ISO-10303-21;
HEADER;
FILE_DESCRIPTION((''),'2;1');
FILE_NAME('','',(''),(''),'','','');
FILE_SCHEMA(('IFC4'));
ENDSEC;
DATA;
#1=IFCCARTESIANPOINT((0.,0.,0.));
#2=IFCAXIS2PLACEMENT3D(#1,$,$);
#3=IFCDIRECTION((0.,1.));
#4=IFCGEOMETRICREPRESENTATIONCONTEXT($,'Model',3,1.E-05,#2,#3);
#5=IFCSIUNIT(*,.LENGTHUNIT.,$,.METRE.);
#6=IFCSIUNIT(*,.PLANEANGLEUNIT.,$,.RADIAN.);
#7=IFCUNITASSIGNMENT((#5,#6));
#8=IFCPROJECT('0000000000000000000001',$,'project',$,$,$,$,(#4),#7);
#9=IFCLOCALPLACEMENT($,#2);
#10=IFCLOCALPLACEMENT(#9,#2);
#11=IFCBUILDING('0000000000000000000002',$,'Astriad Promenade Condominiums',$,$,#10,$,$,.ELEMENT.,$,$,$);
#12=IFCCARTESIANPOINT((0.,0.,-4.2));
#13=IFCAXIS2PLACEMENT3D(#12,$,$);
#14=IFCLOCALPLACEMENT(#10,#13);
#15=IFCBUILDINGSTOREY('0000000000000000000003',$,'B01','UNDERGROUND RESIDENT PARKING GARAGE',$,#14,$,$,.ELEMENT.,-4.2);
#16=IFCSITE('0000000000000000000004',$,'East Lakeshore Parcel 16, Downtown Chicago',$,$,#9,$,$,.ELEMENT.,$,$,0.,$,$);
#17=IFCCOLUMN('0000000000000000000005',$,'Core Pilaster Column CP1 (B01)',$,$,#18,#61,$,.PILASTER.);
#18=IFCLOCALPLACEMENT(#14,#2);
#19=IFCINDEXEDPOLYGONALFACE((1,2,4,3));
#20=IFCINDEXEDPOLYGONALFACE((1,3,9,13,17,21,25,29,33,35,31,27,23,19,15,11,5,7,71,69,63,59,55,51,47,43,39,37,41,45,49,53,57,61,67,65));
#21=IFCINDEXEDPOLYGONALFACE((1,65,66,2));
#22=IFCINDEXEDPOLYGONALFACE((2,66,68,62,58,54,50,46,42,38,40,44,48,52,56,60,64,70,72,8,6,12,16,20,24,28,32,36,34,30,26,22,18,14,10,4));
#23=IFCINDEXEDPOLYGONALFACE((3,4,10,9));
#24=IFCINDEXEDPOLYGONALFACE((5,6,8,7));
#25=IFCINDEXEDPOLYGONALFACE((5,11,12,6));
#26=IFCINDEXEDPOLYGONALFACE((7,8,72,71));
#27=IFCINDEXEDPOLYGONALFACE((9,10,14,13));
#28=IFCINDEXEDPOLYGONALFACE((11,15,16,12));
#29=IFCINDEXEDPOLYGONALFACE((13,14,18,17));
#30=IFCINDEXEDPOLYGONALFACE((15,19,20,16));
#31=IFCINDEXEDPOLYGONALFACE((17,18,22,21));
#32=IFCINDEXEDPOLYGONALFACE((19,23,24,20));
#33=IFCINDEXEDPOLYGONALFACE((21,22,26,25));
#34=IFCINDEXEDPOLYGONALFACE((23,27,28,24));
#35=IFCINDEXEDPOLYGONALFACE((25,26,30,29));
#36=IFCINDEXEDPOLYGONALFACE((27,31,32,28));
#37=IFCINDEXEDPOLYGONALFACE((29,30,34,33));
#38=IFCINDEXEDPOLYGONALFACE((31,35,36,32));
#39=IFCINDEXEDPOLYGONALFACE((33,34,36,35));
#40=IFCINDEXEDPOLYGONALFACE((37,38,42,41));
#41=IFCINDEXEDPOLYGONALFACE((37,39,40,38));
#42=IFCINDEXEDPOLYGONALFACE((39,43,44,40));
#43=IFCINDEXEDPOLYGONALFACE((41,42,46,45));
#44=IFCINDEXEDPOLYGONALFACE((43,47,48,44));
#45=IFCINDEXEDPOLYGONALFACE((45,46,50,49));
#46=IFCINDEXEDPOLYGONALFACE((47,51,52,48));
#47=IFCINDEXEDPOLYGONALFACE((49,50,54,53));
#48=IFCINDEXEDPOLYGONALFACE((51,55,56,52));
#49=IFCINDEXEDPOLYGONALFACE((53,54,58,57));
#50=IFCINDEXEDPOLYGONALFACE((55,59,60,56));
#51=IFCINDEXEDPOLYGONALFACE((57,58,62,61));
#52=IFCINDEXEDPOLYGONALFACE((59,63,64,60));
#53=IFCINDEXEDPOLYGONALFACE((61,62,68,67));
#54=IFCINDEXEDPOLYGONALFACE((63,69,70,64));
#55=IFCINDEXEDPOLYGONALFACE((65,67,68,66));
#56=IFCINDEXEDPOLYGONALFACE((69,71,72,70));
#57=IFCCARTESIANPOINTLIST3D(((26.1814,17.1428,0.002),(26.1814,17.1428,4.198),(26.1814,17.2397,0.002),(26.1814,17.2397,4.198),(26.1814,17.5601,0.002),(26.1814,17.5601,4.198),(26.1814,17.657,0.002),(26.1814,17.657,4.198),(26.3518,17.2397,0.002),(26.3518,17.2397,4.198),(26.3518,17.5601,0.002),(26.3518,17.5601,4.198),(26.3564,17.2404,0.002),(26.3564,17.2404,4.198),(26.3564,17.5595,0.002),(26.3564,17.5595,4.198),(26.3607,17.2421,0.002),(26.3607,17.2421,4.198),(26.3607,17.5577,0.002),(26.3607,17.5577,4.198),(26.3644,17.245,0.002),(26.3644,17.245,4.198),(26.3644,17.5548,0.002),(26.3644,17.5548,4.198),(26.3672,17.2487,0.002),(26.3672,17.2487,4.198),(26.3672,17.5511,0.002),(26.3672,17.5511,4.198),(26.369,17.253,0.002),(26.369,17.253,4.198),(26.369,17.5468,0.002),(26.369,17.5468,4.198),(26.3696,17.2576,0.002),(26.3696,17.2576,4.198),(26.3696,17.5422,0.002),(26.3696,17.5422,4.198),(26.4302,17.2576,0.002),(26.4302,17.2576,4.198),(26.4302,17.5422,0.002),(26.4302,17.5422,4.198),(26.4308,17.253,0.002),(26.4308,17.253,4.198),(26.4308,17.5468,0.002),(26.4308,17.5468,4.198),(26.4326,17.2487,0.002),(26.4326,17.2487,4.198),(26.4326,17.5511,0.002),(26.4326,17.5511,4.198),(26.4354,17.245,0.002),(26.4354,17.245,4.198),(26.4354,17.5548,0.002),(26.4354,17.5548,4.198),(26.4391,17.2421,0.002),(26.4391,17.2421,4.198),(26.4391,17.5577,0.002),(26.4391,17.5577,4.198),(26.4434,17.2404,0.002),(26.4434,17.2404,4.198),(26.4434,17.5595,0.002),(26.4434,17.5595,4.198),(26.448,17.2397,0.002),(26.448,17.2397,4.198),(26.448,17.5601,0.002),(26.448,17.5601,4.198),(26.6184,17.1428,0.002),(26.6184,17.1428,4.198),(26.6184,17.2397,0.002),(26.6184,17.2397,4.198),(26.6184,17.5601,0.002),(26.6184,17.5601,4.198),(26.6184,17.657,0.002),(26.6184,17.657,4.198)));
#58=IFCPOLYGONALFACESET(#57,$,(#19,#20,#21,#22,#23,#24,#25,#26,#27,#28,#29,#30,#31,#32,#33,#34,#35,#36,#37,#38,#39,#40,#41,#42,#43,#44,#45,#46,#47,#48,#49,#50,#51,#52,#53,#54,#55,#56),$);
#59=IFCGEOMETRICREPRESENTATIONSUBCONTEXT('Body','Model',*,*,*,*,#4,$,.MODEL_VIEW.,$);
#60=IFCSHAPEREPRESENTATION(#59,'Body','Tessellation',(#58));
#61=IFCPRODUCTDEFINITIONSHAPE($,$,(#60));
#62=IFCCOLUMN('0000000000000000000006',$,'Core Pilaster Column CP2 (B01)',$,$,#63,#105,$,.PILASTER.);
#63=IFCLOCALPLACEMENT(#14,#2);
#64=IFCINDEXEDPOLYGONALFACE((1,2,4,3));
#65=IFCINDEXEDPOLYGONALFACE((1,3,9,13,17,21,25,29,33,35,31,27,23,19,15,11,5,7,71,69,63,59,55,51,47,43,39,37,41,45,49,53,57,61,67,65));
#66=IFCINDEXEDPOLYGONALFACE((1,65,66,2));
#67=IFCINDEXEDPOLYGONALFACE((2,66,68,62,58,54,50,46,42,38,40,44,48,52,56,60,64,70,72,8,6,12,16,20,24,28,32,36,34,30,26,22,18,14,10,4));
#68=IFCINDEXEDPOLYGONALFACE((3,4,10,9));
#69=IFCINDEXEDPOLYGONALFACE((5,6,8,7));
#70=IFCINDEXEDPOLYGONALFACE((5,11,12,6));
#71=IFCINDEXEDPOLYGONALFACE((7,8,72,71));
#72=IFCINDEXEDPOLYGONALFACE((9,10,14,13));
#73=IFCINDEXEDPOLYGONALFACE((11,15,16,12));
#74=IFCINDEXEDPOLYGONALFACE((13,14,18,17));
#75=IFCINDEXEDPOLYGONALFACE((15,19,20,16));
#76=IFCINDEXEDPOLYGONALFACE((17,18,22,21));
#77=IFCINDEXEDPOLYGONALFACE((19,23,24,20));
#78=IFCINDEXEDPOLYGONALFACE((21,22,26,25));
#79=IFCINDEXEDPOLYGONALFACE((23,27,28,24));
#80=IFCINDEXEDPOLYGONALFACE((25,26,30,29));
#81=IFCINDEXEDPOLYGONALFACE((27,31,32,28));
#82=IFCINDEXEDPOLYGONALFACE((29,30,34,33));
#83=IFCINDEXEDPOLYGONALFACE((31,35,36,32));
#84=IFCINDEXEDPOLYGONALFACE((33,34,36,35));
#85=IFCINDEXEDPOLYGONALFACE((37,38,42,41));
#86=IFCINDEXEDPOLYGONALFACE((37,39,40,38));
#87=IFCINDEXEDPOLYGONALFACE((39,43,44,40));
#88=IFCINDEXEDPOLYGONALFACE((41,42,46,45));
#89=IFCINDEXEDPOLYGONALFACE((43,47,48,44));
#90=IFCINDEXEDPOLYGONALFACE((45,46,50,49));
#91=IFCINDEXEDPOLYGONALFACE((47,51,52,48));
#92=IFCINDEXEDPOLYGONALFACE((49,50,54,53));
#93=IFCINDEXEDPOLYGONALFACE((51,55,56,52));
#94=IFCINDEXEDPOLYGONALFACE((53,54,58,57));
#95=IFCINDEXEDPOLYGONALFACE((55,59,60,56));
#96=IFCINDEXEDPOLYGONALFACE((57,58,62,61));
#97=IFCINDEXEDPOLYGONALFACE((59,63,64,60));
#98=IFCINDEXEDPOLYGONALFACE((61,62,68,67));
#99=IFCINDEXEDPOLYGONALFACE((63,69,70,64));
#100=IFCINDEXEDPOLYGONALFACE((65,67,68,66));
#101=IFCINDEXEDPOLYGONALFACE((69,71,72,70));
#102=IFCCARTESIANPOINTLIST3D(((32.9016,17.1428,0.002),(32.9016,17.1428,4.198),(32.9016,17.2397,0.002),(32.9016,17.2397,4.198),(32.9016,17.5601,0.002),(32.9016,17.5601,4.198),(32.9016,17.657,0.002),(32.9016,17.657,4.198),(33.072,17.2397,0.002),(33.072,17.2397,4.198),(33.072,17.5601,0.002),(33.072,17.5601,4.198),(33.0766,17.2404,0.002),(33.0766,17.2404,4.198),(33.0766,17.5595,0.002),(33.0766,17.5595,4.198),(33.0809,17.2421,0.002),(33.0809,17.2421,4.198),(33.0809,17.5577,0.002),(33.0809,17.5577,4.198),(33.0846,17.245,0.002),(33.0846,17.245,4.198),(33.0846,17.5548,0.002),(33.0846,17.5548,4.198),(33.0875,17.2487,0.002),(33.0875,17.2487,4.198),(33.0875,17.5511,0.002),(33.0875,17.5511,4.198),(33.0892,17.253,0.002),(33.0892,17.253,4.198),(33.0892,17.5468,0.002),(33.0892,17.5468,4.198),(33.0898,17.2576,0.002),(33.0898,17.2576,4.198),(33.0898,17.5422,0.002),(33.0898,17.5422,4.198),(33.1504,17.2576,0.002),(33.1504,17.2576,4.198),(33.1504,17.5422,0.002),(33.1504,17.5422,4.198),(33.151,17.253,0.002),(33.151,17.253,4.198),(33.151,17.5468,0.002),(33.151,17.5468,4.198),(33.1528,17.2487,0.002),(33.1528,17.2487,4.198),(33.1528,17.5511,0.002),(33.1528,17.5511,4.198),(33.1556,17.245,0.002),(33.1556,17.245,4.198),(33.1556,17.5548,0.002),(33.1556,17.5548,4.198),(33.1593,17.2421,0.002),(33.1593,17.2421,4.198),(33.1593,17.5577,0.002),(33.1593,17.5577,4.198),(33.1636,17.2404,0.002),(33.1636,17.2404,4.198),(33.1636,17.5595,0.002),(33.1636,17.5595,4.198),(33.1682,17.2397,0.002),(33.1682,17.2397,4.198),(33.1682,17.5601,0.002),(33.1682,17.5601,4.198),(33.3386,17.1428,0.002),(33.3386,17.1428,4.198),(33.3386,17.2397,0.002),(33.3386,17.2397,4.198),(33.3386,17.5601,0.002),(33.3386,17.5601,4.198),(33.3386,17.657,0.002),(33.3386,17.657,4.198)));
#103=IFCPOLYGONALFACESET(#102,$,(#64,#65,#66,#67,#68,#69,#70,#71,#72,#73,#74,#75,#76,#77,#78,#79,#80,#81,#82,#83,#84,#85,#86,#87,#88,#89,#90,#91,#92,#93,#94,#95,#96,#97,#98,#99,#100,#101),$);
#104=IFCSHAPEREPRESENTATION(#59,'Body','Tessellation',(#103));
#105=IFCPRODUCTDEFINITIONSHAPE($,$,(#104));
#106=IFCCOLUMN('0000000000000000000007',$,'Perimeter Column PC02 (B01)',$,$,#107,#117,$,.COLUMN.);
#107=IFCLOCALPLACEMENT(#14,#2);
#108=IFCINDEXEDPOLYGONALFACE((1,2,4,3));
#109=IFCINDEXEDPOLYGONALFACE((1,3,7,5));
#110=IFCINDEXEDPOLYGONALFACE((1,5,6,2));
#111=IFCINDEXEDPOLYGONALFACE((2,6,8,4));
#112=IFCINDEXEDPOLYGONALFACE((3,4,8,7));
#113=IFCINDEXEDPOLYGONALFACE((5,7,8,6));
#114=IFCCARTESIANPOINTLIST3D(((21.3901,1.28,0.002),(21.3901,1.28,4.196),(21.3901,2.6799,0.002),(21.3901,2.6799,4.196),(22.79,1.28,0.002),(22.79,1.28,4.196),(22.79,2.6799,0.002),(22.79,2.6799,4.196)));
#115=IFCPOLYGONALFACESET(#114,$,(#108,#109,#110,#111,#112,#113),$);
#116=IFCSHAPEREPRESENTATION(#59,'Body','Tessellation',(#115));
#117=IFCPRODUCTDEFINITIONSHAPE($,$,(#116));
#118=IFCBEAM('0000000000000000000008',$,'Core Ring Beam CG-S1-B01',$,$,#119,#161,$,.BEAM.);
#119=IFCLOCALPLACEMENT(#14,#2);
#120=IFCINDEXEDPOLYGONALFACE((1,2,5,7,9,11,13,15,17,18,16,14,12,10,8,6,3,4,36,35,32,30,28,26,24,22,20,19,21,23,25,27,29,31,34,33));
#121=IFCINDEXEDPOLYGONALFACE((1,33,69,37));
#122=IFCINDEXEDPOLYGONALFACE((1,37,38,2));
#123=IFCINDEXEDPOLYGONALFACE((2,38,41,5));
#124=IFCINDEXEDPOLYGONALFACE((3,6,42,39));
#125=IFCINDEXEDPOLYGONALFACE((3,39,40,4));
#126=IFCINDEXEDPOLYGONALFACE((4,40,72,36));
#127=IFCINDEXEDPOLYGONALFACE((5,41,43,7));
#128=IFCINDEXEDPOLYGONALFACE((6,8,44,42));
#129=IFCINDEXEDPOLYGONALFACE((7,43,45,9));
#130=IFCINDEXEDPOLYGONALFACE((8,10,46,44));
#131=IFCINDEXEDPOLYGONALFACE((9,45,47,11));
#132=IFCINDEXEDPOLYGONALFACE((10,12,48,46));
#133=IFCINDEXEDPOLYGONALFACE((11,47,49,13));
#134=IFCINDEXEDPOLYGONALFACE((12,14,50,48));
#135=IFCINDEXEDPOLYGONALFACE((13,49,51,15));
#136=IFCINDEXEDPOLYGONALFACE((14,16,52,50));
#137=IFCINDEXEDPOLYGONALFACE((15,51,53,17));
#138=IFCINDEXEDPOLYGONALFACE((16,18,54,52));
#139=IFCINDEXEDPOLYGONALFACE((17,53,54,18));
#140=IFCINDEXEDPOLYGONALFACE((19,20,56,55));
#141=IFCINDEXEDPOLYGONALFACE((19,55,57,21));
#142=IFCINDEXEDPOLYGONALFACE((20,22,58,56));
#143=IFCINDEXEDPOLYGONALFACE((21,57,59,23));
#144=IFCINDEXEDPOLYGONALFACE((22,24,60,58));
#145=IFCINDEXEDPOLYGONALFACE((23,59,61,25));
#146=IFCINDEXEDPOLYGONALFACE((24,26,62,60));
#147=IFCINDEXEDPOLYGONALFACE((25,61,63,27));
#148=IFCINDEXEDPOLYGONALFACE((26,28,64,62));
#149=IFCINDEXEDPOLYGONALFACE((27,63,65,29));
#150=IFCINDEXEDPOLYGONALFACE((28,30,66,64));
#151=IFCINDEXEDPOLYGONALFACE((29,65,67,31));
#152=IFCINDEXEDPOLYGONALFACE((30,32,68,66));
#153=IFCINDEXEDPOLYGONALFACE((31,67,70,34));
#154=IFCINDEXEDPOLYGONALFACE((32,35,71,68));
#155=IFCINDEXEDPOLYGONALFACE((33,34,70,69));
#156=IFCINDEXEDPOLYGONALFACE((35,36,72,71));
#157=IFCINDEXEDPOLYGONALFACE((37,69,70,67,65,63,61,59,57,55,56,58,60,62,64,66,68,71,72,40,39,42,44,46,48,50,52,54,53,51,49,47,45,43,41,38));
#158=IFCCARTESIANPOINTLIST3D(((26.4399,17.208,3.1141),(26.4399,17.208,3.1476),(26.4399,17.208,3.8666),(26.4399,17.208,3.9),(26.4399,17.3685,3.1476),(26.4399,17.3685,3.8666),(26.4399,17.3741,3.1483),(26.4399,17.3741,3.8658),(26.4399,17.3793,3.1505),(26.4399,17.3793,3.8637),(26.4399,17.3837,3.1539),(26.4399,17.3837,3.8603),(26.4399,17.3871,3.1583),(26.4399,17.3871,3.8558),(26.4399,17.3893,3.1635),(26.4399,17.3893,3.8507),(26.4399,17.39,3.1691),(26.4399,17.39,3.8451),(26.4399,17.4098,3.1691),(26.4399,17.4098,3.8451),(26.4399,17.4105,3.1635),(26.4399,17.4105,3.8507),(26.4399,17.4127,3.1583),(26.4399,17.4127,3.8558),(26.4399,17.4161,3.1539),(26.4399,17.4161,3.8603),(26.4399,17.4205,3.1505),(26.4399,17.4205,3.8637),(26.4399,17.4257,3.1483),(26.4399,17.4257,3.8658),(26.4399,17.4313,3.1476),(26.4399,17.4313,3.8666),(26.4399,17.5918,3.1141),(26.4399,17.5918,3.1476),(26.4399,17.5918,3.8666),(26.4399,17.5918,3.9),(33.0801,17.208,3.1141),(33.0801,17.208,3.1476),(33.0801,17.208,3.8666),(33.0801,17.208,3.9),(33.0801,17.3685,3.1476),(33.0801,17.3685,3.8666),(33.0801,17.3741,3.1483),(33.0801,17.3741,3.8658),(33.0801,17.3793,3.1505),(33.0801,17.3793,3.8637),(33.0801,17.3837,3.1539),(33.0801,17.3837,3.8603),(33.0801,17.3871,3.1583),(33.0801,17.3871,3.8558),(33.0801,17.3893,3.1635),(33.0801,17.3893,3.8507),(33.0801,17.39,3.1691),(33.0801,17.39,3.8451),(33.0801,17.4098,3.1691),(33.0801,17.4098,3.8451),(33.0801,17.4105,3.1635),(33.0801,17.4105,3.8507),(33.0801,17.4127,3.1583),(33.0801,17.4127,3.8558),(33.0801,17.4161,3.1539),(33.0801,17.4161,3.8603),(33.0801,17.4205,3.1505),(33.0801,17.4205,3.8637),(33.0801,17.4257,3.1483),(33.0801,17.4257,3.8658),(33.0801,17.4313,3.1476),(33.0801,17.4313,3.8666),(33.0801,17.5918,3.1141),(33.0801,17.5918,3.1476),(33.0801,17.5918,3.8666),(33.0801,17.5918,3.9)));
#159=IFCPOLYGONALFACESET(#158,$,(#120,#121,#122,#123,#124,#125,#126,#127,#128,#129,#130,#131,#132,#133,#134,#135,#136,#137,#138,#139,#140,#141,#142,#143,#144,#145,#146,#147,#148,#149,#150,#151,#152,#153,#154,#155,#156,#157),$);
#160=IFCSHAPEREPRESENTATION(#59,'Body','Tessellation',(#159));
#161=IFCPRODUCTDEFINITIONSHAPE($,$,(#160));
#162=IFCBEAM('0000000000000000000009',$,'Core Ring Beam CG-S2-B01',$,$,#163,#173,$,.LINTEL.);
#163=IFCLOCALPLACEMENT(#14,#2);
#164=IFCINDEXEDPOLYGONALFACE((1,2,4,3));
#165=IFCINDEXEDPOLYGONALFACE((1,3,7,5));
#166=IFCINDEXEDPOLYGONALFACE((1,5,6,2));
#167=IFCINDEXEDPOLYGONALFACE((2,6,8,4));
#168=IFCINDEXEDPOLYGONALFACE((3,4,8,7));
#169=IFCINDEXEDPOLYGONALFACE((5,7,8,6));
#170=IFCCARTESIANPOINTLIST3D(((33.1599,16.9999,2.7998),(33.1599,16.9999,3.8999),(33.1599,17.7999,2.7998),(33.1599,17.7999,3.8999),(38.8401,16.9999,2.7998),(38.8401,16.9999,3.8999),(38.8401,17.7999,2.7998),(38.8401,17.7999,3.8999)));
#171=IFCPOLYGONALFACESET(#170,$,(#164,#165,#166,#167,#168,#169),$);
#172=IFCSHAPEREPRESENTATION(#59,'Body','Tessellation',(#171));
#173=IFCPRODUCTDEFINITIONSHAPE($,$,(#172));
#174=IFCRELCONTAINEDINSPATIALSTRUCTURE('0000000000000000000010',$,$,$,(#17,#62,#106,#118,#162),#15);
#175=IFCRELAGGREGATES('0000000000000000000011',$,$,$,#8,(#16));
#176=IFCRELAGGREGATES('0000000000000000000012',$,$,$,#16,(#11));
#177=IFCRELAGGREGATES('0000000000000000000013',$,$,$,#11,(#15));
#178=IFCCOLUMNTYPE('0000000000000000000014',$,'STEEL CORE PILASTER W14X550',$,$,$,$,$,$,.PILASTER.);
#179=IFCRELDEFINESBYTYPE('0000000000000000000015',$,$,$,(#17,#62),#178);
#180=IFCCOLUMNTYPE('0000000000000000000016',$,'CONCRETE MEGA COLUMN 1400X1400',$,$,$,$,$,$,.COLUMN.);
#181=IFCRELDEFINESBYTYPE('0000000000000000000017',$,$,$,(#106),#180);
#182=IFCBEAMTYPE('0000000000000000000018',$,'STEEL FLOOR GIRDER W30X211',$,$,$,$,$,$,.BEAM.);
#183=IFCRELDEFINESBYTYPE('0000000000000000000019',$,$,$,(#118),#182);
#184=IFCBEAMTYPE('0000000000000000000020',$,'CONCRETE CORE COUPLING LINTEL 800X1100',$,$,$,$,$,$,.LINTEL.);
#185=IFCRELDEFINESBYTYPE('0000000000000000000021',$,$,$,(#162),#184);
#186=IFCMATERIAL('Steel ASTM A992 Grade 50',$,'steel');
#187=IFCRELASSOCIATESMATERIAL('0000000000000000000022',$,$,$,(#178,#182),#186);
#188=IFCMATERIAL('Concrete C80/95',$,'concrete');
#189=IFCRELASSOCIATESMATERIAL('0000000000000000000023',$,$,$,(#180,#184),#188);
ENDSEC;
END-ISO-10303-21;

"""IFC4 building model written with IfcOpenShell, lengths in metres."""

from ifc_helpers import new_model, si_unit, direction, frame, origin, origin_2d, place, context, subcontext, project, spatial, rectangle, i_section, extrude, source, transform, mapped, material, material_profile, profile_set, type_object, type_shapes, element, save


model = new_model("IFC4")

# Units and contexts
model_context = context("Model", 3, precision=1e-05, world=origin(), true_north=direction((0.0, 1.0)))
body_context = subcontext(model_context, "Body", "Model", "MODEL_VIEW")
ifc_project = project(units=[si_unit("LENGTHUNIT", "METRE"), si_unit("PLANEANGLEUNIT", "RADIAN")], contexts=[model_context])

# Site, building, storey
site_placement = place(None, origin())
site = spatial("IfcSite", under=ifc_project, at=site_placement, Name="East Lakeshore Parcel 16, Downtown Chicago", CompositionType="ELEMENT", RefElevation=0.0)
building_placement = place(site_placement, origin())
building = spatial("IfcBuilding", under=site, at=building_placement, Name="Astriad Promenade Condominiums", CompositionType="ELEMENT")
storey_placement = place(building_placement, frame((0.0, 0.0, -4.2)))
storey = spatial("IfcBuildingStorey", under=building, at=storey_placement, Name="B01", Description="UNDERGROUND RESIDENT PARKING GARAGE", CompositionType="ELEMENT", Elevation=-4.2)

# Columns
ifc_material_1 = material(Name="Steel ASTM A992 Grade 50", Category="steel")
ifc_material_profile_1 = material_profile(ifc_material_1, i_section(OverallWidth=0.437, OverallDepth=0.5142, WebThickness=0.0605, FlangeThickness=0.0969, FilletRadius=0.0178, at=origin_2d()), Name="W14X550")
ifc_profile_set_1 = profile_set([ifc_material_profile_1], Name="Steel ASTM A992 Grade 50")
column_type_1 = type_object("IfcColumnType", Name="STEEL CORE PILASTER W14X550", PredefinedType="PILASTER", material=ifc_profile_set_1)
shared_shape_1 = source(origin(), body_context, "Body", "SweptSolid", [
    extrude(i_section(OverallWidth=0.437, OverallDepth=0.5142, WebThickness=0.0605, FlangeThickness=0.0969, FilletRadius=0.0178, at=origin_2d()), origin(), (0.0, 0.0, 1.0), 4.196),
])
type_shapes(column_type_1, [shared_shape_1])
for number, where, z_axis, x_axis, name in (
    (1, (26.3999, 17.3999, 0.002), (0.0, 0.0, 1.0), (1.0, 0.0, 0.0), "Core Pilaster Column CP1 (B01)"),
    (2, (33.1201, 17.3999, 0.002), (0.0, 0.0, 1.0), (1.0, 0.0, 0.0), "Core Pilaster Column CP2 (B01)"),
):
    element("IfcColumn", number, at=place(storey_placement, frame(where, z_axis=z_axis, x_axis=x_axis)), inside=storey, type_object=column_type_1, Name=name, PredefinedType="PILASTER", context=body_context, shape_type="MappedRepresentation", body=[
        mapped(shared_shape_1, transform((0.0, 0.0, 0.0), scale=1.0)),
    ])
ifc_material_2 = material(Name="Concrete C80/95", Category="concrete")
ifc_material_profile_2 = material_profile(ifc_material_2, rectangle(XDim=1.3999, YDim=1.3999, at=origin_2d()), Name="RC-COL-1400X1400")
ifc_profile_set_2 = profile_set([ifc_material_profile_2], Name="Concrete C80/95")
column_type_2 = type_object("IfcColumnType", Name="CONCRETE MEGA COLUMN 1400X1400", PredefinedType="COLUMN", material=ifc_profile_set_2)
shared_shape_2 = source(origin(), body_context, "Body", "SweptSolid", [
    extrude(rectangle(XDim=1.3999, YDim=1.3999, at=origin_2d()), origin(), (0.0, 0.0, 1.0), 4.1941),
])
type_shapes(column_type_2, [shared_shape_2])
column_placement = place(storey_placement, frame((22.0901, 1.98, 0.002), z_axis=(0.0, 0.0, 1.0), x_axis=(1.0, 0.0, 0.0)))
element("IfcColumn", 3, at=column_placement, inside=storey, type_object=column_type_2, Name="Perimeter Column PC02 (B01)", PredefinedType="COLUMN", context=body_context, shape_type="MappedRepresentation", body=[
    mapped(shared_shape_2, transform((0.0, 0.0, 0.0), scale=1.0)),
])

# Beams
ifc_material_profile_3 = material_profile(ifc_material_1, i_section(OverallWidth=0.3838, OverallDepth=0.7859, WebThickness=0.0198, FlangeThickness=0.0334, FilletRadius=0.0215, at=origin_2d()), Name="W30X211")
ifc_profile_set_3 = profile_set([ifc_material_profile_3], Name="Steel ASTM A992 Grade 50")
beam_type_1 = type_object("IfcBeamType", Name="STEEL FLOOR GIRDER W30X211", PredefinedType="BEAM", material=ifc_profile_set_3)
shared_shape_3 = source(origin(), body_context, "Body", "SweptSolid", [
    extrude(i_section(OverallWidth=0.3838, OverallDepth=0.7859, WebThickness=0.0198, FlangeThickness=0.0334, FilletRadius=0.0215, at=origin_2d()), origin(), (0.0, 0.0, 1.0), 6.6401),
])
type_shapes(beam_type_1, [shared_shape_3])
beam_1_placement = place(storey_placement, frame((26.4399, 17.3999, 3.5071), z_axis=(1.0, 0.0, 0.0), x_axis=(0.0, 1.0, 0.0)))
element("IfcBeam", 4, at=beam_1_placement, inside=storey, type_object=beam_type_1, Name="Core Ring Beam CG-S1-B01", PredefinedType="BEAM", context=body_context, shape_type="MappedRepresentation", body=[
    mapped(shared_shape_3, transform((0.0, 0.0, 0.0), scale=1.0)),
])
ifc_material_profile_4 = material_profile(ifc_material_2, rectangle(XDim=0.8, YDim=1.1001, at=origin_2d()), Name="RC-BM-800X1100")
ifc_profile_set_4 = profile_set([ifc_material_profile_4], Name="Concrete C80/95")
beam_type_2 = type_object("IfcBeamType", Name="CONCRETE CORE COUPLING LINTEL 800X1100", PredefinedType="LINTEL", material=ifc_profile_set_4)
shared_shape_4 = source(origin(), body_context, "Body", "SweptSolid", [
    extrude(rectangle(XDim=0.8, YDim=1.1001, at=origin_2d()), origin(), (0.0, 0.0, 1.0), 5.6802),
])
type_shapes(beam_type_2, [shared_shape_4])
beam_2_placement = place(storey_placement, frame((33.1599, 17.3999, 3.3499), z_axis=(1.0, 0.0, 0.0), x_axis=(0.0, 1.0, 0.0)))
element("IfcBeam", 5, at=beam_2_placement, inside=storey, type_object=beam_type_2, Name="Core Ring Beam CG-S2-B01", PredefinedType="LINTEL", context=body_context, shape_type="MappedRepresentation", body=[
    mapped(shared_shape_4, transform((0.0, 0.0, 0.0), scale=1.0)),
])

save(model, "model.ifc")
